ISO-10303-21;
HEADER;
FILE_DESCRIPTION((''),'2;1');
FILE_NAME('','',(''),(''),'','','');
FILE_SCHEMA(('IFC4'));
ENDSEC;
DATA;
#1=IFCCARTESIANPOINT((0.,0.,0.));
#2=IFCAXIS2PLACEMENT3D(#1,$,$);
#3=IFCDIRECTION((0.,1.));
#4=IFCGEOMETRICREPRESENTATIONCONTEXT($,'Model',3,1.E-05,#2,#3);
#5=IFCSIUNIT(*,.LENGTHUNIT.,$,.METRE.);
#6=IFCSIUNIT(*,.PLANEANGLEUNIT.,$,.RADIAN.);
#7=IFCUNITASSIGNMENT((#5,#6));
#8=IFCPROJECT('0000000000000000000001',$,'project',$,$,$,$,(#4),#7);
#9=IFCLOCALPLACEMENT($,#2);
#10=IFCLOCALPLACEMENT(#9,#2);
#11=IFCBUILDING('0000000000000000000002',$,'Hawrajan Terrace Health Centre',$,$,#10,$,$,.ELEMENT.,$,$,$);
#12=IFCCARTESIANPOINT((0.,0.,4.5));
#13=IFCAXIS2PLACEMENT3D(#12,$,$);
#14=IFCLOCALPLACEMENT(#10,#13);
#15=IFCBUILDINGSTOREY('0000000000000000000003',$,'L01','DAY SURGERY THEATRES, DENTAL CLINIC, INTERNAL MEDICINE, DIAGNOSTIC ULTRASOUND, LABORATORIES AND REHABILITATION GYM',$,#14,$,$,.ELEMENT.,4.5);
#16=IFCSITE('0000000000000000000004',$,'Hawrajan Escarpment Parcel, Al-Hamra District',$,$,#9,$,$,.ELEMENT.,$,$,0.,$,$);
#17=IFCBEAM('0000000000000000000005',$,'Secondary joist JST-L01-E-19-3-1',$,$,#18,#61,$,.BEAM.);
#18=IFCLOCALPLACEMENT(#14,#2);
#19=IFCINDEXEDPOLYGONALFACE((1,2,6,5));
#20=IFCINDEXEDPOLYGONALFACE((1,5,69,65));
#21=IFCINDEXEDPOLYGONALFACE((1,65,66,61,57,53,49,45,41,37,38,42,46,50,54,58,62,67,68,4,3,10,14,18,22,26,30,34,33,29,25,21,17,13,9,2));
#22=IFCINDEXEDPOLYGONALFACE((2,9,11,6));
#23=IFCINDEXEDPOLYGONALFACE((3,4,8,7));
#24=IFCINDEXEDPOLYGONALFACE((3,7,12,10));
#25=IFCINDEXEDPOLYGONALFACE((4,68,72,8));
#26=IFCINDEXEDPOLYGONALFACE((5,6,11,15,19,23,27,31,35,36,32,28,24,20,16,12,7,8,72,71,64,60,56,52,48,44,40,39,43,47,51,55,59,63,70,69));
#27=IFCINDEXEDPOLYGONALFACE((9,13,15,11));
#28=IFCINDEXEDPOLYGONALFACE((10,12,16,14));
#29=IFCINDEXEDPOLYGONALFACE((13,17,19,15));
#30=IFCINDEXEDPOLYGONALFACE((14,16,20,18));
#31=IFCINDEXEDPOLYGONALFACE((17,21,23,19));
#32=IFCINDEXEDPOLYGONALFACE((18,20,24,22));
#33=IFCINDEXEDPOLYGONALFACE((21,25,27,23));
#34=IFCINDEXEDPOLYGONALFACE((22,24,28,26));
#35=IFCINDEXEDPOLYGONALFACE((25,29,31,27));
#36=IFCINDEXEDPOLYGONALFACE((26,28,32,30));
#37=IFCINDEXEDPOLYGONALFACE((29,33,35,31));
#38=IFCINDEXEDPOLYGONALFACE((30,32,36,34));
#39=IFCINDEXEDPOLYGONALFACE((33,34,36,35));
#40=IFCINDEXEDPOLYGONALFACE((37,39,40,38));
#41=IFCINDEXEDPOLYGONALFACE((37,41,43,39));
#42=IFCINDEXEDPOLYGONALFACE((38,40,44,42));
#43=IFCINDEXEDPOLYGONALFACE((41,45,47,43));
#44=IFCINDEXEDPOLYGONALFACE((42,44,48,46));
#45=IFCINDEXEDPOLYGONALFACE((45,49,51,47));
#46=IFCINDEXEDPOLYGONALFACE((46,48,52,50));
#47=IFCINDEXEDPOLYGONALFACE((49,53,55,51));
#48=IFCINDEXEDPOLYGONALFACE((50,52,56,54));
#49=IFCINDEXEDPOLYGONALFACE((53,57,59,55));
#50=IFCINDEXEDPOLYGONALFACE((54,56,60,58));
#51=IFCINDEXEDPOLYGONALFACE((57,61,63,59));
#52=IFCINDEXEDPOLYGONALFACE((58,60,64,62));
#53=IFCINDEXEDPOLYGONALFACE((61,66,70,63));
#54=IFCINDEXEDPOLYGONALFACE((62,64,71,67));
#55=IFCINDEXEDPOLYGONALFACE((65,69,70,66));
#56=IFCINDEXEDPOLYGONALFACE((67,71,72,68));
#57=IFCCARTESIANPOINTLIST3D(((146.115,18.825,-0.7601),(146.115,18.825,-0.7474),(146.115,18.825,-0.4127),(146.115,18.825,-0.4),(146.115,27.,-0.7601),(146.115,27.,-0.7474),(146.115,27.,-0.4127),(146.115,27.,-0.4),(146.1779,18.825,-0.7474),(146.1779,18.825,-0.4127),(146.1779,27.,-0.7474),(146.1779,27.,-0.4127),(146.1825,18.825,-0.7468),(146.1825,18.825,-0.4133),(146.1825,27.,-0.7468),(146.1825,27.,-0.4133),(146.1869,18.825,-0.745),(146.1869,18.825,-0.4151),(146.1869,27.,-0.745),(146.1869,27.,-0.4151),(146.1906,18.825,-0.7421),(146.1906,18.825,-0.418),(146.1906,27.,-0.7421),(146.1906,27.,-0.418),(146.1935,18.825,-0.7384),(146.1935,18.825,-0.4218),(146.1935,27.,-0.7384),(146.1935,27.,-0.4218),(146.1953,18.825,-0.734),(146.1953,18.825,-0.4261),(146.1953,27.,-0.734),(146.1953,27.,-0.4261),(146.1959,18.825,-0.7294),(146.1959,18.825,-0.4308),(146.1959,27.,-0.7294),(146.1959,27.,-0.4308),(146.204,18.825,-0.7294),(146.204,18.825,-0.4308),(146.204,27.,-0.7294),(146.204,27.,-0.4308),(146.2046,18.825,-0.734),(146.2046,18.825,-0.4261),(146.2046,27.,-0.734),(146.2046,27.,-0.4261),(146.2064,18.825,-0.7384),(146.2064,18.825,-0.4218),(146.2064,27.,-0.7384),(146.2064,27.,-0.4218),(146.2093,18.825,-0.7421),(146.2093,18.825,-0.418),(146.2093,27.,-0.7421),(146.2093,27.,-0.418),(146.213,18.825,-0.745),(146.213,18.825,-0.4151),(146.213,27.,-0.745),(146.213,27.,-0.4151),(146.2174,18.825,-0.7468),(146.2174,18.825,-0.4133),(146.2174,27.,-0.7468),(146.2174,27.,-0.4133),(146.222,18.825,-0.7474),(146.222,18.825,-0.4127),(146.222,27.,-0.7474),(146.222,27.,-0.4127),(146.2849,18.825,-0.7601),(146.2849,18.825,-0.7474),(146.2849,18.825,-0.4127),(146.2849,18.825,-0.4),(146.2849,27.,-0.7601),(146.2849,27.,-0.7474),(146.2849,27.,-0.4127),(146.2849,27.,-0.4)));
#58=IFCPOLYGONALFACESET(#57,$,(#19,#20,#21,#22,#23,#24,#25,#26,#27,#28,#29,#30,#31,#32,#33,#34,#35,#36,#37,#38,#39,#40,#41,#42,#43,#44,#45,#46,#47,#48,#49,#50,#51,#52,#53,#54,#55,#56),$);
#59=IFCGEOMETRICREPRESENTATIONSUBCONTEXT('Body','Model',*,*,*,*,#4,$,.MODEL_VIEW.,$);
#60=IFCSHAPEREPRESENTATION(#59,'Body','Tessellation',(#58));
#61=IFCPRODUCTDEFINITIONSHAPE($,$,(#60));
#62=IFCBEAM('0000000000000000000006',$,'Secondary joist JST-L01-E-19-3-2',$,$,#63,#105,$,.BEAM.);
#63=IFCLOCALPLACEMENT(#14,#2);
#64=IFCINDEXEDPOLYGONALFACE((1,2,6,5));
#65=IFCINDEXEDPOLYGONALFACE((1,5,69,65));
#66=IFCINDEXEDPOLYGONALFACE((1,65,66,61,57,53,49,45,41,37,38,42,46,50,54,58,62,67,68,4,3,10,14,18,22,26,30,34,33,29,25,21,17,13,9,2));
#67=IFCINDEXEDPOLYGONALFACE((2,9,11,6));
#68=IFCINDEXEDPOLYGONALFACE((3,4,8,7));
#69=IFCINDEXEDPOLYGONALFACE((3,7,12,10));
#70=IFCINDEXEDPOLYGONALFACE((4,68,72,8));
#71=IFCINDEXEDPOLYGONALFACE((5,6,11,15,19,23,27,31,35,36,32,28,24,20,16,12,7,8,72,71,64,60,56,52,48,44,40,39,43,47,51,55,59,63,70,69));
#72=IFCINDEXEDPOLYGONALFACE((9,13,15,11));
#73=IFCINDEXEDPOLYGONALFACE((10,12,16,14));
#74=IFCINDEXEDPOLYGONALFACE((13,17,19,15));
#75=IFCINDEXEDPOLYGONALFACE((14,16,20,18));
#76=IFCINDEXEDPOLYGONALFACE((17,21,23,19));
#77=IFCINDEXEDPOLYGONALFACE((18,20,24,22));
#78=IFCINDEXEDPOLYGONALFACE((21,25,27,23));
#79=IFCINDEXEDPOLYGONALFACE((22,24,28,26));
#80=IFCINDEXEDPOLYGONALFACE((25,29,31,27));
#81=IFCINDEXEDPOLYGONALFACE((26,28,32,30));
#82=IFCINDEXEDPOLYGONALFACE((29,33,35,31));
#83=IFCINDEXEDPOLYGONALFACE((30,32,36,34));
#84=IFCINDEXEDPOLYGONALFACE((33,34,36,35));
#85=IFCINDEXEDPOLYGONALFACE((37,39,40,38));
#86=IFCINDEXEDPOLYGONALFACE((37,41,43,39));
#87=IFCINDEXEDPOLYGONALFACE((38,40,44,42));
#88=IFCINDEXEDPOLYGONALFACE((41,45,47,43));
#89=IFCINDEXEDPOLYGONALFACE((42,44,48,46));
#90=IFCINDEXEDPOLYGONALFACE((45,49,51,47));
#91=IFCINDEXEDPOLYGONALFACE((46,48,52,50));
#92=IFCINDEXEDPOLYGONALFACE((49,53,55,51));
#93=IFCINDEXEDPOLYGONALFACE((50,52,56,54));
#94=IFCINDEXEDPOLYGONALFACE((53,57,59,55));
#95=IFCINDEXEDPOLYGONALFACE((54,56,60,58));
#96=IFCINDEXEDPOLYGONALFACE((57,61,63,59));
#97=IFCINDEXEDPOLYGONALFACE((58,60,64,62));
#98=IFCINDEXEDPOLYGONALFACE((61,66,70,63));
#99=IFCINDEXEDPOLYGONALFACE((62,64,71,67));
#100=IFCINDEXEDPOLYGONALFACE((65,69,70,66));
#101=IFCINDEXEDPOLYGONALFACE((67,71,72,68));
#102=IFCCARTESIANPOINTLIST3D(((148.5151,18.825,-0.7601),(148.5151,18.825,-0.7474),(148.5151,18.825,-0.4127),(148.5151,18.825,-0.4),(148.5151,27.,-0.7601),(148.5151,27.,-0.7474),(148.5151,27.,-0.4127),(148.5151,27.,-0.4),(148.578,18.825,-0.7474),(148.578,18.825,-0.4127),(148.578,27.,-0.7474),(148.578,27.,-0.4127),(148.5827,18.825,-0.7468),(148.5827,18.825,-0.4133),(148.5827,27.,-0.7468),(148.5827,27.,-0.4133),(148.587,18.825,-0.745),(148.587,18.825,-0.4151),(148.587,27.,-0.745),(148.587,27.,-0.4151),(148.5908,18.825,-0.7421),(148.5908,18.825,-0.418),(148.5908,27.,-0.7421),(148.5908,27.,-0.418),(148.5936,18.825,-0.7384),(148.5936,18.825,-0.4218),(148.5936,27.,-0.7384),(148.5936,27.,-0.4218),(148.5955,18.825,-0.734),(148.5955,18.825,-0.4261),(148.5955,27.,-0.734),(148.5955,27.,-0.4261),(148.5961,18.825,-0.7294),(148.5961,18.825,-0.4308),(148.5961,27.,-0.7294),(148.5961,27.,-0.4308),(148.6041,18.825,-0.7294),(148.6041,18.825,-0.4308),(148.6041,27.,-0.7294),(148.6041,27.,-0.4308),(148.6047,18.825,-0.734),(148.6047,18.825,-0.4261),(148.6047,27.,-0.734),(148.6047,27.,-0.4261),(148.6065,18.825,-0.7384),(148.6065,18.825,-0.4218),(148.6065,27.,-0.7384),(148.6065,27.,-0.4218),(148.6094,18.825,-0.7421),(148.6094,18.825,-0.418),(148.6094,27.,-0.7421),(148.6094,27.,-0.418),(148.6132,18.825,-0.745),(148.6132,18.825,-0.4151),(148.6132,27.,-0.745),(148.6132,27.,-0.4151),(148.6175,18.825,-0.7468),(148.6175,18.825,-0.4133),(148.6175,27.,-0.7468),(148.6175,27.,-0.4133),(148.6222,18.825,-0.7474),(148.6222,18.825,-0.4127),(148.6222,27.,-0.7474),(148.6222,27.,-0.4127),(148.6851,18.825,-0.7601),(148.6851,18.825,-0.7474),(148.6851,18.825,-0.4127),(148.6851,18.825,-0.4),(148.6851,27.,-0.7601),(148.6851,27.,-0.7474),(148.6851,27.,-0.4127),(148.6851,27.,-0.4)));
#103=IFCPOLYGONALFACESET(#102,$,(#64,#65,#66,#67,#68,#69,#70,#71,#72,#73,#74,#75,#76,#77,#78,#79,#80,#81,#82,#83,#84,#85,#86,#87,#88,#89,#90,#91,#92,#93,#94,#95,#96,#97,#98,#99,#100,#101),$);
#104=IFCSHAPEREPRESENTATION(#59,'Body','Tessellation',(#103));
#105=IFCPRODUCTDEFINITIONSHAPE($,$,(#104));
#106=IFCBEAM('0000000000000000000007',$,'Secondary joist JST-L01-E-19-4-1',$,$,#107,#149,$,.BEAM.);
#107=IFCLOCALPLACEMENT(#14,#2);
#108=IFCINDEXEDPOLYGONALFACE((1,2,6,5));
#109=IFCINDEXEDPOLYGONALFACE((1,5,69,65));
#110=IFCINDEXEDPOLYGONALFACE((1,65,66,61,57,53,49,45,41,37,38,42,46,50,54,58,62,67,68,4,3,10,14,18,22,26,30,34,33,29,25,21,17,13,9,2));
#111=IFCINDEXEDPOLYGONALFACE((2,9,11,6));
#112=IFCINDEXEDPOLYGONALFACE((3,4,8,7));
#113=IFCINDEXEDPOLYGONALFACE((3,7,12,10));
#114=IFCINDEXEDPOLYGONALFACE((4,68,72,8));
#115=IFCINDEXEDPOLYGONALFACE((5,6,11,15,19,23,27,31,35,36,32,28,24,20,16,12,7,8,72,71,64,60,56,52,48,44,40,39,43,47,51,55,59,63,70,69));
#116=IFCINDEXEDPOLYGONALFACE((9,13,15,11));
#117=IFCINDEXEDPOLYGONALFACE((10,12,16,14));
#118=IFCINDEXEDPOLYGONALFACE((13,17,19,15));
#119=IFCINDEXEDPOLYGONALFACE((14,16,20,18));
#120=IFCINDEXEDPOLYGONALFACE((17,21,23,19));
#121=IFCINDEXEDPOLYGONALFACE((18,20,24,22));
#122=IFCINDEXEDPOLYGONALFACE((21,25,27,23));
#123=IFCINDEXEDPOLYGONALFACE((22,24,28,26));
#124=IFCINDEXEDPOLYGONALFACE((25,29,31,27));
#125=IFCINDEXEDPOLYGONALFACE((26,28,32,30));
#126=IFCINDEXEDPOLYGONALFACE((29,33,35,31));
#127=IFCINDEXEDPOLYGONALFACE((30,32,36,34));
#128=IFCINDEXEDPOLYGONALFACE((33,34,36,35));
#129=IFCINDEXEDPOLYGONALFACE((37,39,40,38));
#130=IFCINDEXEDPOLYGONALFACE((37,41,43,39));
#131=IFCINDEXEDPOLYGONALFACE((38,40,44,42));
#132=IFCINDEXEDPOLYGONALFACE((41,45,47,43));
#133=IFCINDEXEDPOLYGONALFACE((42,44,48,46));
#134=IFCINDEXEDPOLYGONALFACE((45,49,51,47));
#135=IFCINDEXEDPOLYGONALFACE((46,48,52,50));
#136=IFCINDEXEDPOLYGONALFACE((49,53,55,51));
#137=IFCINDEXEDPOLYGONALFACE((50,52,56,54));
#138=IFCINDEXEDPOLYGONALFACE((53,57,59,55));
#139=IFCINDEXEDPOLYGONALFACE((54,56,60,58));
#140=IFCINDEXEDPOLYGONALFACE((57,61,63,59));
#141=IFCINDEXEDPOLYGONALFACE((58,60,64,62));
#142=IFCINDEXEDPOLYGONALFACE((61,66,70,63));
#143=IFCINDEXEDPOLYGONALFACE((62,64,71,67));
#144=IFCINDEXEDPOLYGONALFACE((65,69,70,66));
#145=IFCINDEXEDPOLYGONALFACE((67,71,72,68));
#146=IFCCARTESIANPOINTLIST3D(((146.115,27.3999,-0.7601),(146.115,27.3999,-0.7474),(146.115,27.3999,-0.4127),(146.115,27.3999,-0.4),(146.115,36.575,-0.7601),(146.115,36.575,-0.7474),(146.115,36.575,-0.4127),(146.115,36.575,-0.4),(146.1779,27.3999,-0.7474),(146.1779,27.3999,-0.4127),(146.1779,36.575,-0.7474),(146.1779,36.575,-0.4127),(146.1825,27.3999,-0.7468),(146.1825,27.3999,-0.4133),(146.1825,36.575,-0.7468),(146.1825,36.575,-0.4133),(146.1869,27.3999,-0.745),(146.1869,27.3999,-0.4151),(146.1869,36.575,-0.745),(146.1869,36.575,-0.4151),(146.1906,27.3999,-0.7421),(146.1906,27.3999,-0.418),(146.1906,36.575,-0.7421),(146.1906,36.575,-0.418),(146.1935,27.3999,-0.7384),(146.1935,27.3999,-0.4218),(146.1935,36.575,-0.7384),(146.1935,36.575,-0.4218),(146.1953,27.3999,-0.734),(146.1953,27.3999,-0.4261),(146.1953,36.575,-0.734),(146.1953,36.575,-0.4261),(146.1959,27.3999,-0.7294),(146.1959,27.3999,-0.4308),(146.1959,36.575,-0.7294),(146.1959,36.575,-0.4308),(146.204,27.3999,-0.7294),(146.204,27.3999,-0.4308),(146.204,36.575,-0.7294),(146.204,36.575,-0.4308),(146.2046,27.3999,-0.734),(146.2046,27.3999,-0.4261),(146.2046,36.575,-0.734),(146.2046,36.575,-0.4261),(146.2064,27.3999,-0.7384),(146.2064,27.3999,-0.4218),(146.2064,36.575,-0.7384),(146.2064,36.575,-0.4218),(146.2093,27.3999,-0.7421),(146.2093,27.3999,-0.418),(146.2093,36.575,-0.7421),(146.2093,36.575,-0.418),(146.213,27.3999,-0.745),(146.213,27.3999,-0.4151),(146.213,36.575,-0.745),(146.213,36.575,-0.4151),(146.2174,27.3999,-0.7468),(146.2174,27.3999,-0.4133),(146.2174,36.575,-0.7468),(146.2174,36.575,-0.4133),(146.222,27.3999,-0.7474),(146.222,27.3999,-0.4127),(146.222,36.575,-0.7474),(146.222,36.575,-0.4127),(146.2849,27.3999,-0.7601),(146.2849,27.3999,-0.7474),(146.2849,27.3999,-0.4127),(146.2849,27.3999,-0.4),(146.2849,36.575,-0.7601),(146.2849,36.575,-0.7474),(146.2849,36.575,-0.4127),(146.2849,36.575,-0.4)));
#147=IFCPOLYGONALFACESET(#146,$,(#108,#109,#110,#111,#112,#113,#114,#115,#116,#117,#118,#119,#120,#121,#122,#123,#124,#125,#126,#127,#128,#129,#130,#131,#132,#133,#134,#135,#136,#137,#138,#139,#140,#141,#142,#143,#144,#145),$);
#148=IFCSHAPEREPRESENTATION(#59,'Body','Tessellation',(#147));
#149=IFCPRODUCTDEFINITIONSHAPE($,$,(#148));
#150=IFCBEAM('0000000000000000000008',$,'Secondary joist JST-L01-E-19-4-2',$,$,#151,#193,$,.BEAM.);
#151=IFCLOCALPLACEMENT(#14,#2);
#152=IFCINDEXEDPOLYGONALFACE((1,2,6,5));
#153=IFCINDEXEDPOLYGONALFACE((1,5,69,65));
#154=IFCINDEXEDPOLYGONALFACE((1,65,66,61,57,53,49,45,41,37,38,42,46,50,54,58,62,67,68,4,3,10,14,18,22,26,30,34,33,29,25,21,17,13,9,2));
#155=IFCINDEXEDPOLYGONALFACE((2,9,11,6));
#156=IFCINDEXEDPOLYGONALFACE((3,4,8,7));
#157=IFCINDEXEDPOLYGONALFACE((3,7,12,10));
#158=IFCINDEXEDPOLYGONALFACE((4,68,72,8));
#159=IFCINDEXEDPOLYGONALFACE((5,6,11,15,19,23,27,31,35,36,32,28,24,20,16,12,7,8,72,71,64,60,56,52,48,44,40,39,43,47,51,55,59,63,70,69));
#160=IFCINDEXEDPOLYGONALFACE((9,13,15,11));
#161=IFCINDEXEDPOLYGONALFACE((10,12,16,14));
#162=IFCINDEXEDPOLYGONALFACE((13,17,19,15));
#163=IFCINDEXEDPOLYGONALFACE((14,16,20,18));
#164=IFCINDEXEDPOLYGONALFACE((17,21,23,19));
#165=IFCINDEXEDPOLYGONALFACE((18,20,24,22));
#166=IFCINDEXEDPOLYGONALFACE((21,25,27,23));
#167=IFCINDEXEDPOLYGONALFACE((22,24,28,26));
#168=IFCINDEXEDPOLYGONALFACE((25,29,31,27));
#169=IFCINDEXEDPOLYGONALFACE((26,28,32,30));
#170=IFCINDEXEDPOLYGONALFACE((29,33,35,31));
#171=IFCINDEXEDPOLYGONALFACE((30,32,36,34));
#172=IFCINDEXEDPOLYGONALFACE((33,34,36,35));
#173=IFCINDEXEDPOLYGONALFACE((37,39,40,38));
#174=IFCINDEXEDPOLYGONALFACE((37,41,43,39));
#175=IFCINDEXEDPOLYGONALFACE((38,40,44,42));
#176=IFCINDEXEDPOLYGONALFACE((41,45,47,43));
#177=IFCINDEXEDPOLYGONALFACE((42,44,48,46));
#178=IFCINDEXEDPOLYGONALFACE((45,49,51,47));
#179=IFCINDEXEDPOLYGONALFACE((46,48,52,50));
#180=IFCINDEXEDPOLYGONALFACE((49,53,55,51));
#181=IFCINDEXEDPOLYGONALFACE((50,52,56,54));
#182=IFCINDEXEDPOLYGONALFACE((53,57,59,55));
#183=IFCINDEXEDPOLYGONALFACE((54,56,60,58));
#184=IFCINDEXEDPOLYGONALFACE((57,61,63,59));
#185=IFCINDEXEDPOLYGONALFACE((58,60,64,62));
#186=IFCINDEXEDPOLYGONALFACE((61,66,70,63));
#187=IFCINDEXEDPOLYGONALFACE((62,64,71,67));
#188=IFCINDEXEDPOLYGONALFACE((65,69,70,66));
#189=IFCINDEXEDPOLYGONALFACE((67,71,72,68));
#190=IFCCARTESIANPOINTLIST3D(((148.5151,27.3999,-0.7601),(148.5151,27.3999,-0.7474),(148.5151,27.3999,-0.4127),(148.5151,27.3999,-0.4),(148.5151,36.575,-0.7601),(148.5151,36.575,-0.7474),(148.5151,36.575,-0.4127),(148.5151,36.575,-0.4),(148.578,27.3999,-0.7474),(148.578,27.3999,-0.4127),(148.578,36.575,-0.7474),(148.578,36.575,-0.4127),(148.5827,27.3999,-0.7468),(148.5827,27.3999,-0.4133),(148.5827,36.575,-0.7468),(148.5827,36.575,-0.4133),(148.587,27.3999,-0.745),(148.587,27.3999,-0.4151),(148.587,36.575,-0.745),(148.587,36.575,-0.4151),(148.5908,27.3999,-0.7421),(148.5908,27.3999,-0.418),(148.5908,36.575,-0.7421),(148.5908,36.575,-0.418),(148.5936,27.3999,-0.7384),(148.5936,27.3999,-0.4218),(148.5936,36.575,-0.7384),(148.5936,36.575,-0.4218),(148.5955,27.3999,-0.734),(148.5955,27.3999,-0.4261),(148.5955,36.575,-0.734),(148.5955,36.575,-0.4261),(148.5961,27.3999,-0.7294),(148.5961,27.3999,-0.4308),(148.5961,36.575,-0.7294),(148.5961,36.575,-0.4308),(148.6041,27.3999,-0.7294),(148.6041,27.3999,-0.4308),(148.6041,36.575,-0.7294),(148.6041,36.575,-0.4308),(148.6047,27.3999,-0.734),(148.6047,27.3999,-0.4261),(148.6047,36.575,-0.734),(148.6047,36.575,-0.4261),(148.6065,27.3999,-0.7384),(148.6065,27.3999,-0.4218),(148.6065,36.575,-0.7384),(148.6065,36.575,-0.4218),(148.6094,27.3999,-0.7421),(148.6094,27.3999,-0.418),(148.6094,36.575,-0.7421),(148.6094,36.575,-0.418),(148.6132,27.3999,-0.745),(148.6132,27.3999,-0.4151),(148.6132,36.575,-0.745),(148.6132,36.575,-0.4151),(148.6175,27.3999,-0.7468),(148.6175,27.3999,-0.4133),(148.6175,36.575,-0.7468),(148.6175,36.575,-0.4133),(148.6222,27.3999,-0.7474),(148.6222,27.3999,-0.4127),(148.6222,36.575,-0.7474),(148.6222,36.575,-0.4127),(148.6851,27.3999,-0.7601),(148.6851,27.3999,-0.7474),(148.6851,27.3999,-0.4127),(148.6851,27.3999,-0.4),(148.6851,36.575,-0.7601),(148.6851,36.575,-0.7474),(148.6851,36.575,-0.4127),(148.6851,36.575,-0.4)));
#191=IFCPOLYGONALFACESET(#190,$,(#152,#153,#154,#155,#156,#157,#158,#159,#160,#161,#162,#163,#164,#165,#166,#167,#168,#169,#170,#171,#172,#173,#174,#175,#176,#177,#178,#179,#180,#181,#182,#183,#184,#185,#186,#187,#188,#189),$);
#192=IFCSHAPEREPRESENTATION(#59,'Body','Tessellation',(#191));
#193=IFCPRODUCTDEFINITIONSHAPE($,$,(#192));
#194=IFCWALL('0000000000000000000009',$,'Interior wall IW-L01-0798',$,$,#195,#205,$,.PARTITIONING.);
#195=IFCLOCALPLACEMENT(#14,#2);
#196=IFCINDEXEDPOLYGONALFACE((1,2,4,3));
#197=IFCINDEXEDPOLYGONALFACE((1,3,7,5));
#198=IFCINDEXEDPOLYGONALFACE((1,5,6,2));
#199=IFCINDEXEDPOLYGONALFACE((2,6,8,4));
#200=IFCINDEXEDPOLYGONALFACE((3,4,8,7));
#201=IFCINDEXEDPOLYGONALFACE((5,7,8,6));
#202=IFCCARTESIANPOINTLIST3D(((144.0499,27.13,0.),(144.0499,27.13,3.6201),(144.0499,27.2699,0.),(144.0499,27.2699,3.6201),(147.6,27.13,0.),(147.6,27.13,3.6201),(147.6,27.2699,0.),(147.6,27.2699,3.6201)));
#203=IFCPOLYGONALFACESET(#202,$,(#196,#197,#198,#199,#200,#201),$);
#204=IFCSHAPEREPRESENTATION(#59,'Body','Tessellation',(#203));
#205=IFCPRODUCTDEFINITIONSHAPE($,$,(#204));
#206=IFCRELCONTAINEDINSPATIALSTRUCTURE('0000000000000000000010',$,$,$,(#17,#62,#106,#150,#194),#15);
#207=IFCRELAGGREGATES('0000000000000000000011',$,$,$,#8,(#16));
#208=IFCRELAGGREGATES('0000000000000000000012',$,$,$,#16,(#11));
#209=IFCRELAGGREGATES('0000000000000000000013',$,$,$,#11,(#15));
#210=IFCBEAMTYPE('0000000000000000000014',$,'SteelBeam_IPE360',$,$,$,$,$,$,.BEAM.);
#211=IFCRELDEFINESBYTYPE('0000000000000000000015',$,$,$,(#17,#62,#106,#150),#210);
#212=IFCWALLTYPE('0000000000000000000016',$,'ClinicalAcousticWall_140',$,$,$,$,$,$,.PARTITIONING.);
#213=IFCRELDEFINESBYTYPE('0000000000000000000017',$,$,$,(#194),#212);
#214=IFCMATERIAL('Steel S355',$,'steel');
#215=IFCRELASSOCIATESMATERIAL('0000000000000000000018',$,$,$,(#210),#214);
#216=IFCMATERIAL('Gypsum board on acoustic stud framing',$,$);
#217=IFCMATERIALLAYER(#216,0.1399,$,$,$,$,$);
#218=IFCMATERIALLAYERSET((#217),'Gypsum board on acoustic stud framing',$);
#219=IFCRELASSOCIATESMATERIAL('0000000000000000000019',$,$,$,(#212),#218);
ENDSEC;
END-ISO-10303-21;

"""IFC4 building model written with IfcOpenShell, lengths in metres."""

from ifc_helpers import new_model, si_unit, direction, frame, frame_2d, origin, origin_2d, place, context, subcontext, project, spatial, rectangle, i_section, extrude, material, layer, layer_set, material_profile, profile_set, type_object, element, save


model = new_model("IFC4")

# Units and contexts
model_context = context("Model", 3, precision=1e-05, world=origin(), true_north=direction((0.0, 1.0)))
body_context = subcontext(model_context, "Body", "Model", "MODEL_VIEW")
ifc_project = project(units=[si_unit("LENGTHUNIT", "METRE"), si_unit("PLANEANGLEUNIT", "RADIAN")], contexts=[model_context])

# Site, building, storey
site_placement = place(None, origin())
site = spatial("IfcSite", under=ifc_project, at=site_placement, Name="Hawrajan Escarpment Parcel, Al-Hamra District", CompositionType="ELEMENT", RefElevation=0.0)
building_placement = place(site_placement, origin())
building = spatial("IfcBuilding", under=site, at=building_placement, Name="Hawrajan Terrace Health Centre", CompositionType="ELEMENT")
storey_placement = place(building_placement, frame((0.0, 0.0, 4.5)))
storey = spatial("IfcBuildingStorey", under=building, at=storey_placement, Name="L01", Description="DAY SURGERY THEATRES, DENTAL CLINIC, INTERNAL MEDICINE, DIAGNOSTIC ULTRASOUND, LABORATORIES AND REHABILITATION GYM", CompositionType="ELEMENT", Elevation=4.5)

# Beams
ifc_material_1 = material(Name="Steel S355", Category="steel")
ifc_material_profile_1 = material_profile(ifc_material_1, i_section(OverallWidth=0.1699, OverallDepth=0.3601, WebThickness=0.0081, FlangeThickness=0.0127, FilletRadius=0.0181, at=origin_2d()), Name="IPE 360")
ifc_profile_set_1 = profile_set([ifc_material_profile_1], Name="Steel S355")
beam_type_1 = type_object("IfcBeamType", Name="SteelBeam_IPE360", PredefinedType="BEAM", material=ifc_profile_set_1)
for number, where, z_axis, x_axis, name in (
    (1, (146.2, 18.825, -0.5801), (0.0, 1.0, 0.0), (-1.0, 0.0, 0.0), "Secondary joist JST-L01-E-19-3-1"),
    (2, (148.6001, 18.825, -0.5801), (0.0, 1.0, 0.0), (-1.0, 0.0, 0.0), "Secondary joist JST-L01-E-19-3-2"),
):
    element("IfcBeam", number, at=place(storey_placement, frame(where, z_axis=z_axis, x_axis=x_axis)), inside=storey, type_object=beam_type_1, Name=name, PredefinedType="BEAM", context=body_context, shape_type="SweptSolid", body=[
        extrude(i_section(OverallWidth=0.1699, OverallDepth=0.3601, WebThickness=0.0081, FlangeThickness=0.0127, FilletRadius=0.0181, at=origin_2d()), origin(), (0.0, 0.0, 1.0), 8.175),
    ])
for number, where, z_axis, x_axis, name in (
    (3, (146.2, 27.3999, -0.5801), (0.0, 1.0, 0.0), (-1.0, 0.0, 0.0), "Secondary joist JST-L01-E-19-4-1"),
    (4, (148.6001, 27.3999, -0.5801), (0.0, 1.0, 0.0), (-1.0, 0.0, 0.0), "Secondary joist JST-L01-E-19-4-2"),
):
    element("IfcBeam", number, at=place(storey_placement, frame(where, z_axis=z_axis, x_axis=x_axis)), inside=storey, type_object=beam_type_1, Name=name, PredefinedType="BEAM", context=body_context, shape_type="SweptSolid", body=[
        extrude(i_section(OverallWidth=0.1699, OverallDepth=0.3601, WebThickness=0.0081, FlangeThickness=0.0127, FilletRadius=0.0181, at=origin_2d()), origin(), (0.0, 0.0, 1.0), 9.175),
    ])

# Wall
ifc_material_2 = material(Name="Gypsum board on acoustic stud framing")
ifc_layer_1 = layer(ifc_material_2, 0.1399)
ifc_layer_set_1 = layer_set([ifc_layer_1], Name="Gypsum board on acoustic stud framing")
wall_type_1 = type_object("IfcWallType", Name="ClinicalAcousticWall_140", PredefinedType="PARTITIONING", material=ifc_layer_set_1)
wall_1_placement = place(storey_placement, frame((144.05, 27.2, 0.0), z_axis=(0.0, 0.0, 1.0), x_axis=(1.0, 0.0, 0.0)))
element("IfcWall", 5, at=wall_1_placement, inside=storey, type_object=wall_type_1, Name="Interior wall IW-L01-0798", PredefinedType="PARTITIONING", context=body_context, shape_type="SweptSolid", body=[
    extrude(rectangle(XDim=3.55, YDim=0.1399, at=frame_2d((1.7749, 0.0))), origin(), (0.0, 0.0, 1.0), 3.6201),
])

save(model, "model.ifc")
